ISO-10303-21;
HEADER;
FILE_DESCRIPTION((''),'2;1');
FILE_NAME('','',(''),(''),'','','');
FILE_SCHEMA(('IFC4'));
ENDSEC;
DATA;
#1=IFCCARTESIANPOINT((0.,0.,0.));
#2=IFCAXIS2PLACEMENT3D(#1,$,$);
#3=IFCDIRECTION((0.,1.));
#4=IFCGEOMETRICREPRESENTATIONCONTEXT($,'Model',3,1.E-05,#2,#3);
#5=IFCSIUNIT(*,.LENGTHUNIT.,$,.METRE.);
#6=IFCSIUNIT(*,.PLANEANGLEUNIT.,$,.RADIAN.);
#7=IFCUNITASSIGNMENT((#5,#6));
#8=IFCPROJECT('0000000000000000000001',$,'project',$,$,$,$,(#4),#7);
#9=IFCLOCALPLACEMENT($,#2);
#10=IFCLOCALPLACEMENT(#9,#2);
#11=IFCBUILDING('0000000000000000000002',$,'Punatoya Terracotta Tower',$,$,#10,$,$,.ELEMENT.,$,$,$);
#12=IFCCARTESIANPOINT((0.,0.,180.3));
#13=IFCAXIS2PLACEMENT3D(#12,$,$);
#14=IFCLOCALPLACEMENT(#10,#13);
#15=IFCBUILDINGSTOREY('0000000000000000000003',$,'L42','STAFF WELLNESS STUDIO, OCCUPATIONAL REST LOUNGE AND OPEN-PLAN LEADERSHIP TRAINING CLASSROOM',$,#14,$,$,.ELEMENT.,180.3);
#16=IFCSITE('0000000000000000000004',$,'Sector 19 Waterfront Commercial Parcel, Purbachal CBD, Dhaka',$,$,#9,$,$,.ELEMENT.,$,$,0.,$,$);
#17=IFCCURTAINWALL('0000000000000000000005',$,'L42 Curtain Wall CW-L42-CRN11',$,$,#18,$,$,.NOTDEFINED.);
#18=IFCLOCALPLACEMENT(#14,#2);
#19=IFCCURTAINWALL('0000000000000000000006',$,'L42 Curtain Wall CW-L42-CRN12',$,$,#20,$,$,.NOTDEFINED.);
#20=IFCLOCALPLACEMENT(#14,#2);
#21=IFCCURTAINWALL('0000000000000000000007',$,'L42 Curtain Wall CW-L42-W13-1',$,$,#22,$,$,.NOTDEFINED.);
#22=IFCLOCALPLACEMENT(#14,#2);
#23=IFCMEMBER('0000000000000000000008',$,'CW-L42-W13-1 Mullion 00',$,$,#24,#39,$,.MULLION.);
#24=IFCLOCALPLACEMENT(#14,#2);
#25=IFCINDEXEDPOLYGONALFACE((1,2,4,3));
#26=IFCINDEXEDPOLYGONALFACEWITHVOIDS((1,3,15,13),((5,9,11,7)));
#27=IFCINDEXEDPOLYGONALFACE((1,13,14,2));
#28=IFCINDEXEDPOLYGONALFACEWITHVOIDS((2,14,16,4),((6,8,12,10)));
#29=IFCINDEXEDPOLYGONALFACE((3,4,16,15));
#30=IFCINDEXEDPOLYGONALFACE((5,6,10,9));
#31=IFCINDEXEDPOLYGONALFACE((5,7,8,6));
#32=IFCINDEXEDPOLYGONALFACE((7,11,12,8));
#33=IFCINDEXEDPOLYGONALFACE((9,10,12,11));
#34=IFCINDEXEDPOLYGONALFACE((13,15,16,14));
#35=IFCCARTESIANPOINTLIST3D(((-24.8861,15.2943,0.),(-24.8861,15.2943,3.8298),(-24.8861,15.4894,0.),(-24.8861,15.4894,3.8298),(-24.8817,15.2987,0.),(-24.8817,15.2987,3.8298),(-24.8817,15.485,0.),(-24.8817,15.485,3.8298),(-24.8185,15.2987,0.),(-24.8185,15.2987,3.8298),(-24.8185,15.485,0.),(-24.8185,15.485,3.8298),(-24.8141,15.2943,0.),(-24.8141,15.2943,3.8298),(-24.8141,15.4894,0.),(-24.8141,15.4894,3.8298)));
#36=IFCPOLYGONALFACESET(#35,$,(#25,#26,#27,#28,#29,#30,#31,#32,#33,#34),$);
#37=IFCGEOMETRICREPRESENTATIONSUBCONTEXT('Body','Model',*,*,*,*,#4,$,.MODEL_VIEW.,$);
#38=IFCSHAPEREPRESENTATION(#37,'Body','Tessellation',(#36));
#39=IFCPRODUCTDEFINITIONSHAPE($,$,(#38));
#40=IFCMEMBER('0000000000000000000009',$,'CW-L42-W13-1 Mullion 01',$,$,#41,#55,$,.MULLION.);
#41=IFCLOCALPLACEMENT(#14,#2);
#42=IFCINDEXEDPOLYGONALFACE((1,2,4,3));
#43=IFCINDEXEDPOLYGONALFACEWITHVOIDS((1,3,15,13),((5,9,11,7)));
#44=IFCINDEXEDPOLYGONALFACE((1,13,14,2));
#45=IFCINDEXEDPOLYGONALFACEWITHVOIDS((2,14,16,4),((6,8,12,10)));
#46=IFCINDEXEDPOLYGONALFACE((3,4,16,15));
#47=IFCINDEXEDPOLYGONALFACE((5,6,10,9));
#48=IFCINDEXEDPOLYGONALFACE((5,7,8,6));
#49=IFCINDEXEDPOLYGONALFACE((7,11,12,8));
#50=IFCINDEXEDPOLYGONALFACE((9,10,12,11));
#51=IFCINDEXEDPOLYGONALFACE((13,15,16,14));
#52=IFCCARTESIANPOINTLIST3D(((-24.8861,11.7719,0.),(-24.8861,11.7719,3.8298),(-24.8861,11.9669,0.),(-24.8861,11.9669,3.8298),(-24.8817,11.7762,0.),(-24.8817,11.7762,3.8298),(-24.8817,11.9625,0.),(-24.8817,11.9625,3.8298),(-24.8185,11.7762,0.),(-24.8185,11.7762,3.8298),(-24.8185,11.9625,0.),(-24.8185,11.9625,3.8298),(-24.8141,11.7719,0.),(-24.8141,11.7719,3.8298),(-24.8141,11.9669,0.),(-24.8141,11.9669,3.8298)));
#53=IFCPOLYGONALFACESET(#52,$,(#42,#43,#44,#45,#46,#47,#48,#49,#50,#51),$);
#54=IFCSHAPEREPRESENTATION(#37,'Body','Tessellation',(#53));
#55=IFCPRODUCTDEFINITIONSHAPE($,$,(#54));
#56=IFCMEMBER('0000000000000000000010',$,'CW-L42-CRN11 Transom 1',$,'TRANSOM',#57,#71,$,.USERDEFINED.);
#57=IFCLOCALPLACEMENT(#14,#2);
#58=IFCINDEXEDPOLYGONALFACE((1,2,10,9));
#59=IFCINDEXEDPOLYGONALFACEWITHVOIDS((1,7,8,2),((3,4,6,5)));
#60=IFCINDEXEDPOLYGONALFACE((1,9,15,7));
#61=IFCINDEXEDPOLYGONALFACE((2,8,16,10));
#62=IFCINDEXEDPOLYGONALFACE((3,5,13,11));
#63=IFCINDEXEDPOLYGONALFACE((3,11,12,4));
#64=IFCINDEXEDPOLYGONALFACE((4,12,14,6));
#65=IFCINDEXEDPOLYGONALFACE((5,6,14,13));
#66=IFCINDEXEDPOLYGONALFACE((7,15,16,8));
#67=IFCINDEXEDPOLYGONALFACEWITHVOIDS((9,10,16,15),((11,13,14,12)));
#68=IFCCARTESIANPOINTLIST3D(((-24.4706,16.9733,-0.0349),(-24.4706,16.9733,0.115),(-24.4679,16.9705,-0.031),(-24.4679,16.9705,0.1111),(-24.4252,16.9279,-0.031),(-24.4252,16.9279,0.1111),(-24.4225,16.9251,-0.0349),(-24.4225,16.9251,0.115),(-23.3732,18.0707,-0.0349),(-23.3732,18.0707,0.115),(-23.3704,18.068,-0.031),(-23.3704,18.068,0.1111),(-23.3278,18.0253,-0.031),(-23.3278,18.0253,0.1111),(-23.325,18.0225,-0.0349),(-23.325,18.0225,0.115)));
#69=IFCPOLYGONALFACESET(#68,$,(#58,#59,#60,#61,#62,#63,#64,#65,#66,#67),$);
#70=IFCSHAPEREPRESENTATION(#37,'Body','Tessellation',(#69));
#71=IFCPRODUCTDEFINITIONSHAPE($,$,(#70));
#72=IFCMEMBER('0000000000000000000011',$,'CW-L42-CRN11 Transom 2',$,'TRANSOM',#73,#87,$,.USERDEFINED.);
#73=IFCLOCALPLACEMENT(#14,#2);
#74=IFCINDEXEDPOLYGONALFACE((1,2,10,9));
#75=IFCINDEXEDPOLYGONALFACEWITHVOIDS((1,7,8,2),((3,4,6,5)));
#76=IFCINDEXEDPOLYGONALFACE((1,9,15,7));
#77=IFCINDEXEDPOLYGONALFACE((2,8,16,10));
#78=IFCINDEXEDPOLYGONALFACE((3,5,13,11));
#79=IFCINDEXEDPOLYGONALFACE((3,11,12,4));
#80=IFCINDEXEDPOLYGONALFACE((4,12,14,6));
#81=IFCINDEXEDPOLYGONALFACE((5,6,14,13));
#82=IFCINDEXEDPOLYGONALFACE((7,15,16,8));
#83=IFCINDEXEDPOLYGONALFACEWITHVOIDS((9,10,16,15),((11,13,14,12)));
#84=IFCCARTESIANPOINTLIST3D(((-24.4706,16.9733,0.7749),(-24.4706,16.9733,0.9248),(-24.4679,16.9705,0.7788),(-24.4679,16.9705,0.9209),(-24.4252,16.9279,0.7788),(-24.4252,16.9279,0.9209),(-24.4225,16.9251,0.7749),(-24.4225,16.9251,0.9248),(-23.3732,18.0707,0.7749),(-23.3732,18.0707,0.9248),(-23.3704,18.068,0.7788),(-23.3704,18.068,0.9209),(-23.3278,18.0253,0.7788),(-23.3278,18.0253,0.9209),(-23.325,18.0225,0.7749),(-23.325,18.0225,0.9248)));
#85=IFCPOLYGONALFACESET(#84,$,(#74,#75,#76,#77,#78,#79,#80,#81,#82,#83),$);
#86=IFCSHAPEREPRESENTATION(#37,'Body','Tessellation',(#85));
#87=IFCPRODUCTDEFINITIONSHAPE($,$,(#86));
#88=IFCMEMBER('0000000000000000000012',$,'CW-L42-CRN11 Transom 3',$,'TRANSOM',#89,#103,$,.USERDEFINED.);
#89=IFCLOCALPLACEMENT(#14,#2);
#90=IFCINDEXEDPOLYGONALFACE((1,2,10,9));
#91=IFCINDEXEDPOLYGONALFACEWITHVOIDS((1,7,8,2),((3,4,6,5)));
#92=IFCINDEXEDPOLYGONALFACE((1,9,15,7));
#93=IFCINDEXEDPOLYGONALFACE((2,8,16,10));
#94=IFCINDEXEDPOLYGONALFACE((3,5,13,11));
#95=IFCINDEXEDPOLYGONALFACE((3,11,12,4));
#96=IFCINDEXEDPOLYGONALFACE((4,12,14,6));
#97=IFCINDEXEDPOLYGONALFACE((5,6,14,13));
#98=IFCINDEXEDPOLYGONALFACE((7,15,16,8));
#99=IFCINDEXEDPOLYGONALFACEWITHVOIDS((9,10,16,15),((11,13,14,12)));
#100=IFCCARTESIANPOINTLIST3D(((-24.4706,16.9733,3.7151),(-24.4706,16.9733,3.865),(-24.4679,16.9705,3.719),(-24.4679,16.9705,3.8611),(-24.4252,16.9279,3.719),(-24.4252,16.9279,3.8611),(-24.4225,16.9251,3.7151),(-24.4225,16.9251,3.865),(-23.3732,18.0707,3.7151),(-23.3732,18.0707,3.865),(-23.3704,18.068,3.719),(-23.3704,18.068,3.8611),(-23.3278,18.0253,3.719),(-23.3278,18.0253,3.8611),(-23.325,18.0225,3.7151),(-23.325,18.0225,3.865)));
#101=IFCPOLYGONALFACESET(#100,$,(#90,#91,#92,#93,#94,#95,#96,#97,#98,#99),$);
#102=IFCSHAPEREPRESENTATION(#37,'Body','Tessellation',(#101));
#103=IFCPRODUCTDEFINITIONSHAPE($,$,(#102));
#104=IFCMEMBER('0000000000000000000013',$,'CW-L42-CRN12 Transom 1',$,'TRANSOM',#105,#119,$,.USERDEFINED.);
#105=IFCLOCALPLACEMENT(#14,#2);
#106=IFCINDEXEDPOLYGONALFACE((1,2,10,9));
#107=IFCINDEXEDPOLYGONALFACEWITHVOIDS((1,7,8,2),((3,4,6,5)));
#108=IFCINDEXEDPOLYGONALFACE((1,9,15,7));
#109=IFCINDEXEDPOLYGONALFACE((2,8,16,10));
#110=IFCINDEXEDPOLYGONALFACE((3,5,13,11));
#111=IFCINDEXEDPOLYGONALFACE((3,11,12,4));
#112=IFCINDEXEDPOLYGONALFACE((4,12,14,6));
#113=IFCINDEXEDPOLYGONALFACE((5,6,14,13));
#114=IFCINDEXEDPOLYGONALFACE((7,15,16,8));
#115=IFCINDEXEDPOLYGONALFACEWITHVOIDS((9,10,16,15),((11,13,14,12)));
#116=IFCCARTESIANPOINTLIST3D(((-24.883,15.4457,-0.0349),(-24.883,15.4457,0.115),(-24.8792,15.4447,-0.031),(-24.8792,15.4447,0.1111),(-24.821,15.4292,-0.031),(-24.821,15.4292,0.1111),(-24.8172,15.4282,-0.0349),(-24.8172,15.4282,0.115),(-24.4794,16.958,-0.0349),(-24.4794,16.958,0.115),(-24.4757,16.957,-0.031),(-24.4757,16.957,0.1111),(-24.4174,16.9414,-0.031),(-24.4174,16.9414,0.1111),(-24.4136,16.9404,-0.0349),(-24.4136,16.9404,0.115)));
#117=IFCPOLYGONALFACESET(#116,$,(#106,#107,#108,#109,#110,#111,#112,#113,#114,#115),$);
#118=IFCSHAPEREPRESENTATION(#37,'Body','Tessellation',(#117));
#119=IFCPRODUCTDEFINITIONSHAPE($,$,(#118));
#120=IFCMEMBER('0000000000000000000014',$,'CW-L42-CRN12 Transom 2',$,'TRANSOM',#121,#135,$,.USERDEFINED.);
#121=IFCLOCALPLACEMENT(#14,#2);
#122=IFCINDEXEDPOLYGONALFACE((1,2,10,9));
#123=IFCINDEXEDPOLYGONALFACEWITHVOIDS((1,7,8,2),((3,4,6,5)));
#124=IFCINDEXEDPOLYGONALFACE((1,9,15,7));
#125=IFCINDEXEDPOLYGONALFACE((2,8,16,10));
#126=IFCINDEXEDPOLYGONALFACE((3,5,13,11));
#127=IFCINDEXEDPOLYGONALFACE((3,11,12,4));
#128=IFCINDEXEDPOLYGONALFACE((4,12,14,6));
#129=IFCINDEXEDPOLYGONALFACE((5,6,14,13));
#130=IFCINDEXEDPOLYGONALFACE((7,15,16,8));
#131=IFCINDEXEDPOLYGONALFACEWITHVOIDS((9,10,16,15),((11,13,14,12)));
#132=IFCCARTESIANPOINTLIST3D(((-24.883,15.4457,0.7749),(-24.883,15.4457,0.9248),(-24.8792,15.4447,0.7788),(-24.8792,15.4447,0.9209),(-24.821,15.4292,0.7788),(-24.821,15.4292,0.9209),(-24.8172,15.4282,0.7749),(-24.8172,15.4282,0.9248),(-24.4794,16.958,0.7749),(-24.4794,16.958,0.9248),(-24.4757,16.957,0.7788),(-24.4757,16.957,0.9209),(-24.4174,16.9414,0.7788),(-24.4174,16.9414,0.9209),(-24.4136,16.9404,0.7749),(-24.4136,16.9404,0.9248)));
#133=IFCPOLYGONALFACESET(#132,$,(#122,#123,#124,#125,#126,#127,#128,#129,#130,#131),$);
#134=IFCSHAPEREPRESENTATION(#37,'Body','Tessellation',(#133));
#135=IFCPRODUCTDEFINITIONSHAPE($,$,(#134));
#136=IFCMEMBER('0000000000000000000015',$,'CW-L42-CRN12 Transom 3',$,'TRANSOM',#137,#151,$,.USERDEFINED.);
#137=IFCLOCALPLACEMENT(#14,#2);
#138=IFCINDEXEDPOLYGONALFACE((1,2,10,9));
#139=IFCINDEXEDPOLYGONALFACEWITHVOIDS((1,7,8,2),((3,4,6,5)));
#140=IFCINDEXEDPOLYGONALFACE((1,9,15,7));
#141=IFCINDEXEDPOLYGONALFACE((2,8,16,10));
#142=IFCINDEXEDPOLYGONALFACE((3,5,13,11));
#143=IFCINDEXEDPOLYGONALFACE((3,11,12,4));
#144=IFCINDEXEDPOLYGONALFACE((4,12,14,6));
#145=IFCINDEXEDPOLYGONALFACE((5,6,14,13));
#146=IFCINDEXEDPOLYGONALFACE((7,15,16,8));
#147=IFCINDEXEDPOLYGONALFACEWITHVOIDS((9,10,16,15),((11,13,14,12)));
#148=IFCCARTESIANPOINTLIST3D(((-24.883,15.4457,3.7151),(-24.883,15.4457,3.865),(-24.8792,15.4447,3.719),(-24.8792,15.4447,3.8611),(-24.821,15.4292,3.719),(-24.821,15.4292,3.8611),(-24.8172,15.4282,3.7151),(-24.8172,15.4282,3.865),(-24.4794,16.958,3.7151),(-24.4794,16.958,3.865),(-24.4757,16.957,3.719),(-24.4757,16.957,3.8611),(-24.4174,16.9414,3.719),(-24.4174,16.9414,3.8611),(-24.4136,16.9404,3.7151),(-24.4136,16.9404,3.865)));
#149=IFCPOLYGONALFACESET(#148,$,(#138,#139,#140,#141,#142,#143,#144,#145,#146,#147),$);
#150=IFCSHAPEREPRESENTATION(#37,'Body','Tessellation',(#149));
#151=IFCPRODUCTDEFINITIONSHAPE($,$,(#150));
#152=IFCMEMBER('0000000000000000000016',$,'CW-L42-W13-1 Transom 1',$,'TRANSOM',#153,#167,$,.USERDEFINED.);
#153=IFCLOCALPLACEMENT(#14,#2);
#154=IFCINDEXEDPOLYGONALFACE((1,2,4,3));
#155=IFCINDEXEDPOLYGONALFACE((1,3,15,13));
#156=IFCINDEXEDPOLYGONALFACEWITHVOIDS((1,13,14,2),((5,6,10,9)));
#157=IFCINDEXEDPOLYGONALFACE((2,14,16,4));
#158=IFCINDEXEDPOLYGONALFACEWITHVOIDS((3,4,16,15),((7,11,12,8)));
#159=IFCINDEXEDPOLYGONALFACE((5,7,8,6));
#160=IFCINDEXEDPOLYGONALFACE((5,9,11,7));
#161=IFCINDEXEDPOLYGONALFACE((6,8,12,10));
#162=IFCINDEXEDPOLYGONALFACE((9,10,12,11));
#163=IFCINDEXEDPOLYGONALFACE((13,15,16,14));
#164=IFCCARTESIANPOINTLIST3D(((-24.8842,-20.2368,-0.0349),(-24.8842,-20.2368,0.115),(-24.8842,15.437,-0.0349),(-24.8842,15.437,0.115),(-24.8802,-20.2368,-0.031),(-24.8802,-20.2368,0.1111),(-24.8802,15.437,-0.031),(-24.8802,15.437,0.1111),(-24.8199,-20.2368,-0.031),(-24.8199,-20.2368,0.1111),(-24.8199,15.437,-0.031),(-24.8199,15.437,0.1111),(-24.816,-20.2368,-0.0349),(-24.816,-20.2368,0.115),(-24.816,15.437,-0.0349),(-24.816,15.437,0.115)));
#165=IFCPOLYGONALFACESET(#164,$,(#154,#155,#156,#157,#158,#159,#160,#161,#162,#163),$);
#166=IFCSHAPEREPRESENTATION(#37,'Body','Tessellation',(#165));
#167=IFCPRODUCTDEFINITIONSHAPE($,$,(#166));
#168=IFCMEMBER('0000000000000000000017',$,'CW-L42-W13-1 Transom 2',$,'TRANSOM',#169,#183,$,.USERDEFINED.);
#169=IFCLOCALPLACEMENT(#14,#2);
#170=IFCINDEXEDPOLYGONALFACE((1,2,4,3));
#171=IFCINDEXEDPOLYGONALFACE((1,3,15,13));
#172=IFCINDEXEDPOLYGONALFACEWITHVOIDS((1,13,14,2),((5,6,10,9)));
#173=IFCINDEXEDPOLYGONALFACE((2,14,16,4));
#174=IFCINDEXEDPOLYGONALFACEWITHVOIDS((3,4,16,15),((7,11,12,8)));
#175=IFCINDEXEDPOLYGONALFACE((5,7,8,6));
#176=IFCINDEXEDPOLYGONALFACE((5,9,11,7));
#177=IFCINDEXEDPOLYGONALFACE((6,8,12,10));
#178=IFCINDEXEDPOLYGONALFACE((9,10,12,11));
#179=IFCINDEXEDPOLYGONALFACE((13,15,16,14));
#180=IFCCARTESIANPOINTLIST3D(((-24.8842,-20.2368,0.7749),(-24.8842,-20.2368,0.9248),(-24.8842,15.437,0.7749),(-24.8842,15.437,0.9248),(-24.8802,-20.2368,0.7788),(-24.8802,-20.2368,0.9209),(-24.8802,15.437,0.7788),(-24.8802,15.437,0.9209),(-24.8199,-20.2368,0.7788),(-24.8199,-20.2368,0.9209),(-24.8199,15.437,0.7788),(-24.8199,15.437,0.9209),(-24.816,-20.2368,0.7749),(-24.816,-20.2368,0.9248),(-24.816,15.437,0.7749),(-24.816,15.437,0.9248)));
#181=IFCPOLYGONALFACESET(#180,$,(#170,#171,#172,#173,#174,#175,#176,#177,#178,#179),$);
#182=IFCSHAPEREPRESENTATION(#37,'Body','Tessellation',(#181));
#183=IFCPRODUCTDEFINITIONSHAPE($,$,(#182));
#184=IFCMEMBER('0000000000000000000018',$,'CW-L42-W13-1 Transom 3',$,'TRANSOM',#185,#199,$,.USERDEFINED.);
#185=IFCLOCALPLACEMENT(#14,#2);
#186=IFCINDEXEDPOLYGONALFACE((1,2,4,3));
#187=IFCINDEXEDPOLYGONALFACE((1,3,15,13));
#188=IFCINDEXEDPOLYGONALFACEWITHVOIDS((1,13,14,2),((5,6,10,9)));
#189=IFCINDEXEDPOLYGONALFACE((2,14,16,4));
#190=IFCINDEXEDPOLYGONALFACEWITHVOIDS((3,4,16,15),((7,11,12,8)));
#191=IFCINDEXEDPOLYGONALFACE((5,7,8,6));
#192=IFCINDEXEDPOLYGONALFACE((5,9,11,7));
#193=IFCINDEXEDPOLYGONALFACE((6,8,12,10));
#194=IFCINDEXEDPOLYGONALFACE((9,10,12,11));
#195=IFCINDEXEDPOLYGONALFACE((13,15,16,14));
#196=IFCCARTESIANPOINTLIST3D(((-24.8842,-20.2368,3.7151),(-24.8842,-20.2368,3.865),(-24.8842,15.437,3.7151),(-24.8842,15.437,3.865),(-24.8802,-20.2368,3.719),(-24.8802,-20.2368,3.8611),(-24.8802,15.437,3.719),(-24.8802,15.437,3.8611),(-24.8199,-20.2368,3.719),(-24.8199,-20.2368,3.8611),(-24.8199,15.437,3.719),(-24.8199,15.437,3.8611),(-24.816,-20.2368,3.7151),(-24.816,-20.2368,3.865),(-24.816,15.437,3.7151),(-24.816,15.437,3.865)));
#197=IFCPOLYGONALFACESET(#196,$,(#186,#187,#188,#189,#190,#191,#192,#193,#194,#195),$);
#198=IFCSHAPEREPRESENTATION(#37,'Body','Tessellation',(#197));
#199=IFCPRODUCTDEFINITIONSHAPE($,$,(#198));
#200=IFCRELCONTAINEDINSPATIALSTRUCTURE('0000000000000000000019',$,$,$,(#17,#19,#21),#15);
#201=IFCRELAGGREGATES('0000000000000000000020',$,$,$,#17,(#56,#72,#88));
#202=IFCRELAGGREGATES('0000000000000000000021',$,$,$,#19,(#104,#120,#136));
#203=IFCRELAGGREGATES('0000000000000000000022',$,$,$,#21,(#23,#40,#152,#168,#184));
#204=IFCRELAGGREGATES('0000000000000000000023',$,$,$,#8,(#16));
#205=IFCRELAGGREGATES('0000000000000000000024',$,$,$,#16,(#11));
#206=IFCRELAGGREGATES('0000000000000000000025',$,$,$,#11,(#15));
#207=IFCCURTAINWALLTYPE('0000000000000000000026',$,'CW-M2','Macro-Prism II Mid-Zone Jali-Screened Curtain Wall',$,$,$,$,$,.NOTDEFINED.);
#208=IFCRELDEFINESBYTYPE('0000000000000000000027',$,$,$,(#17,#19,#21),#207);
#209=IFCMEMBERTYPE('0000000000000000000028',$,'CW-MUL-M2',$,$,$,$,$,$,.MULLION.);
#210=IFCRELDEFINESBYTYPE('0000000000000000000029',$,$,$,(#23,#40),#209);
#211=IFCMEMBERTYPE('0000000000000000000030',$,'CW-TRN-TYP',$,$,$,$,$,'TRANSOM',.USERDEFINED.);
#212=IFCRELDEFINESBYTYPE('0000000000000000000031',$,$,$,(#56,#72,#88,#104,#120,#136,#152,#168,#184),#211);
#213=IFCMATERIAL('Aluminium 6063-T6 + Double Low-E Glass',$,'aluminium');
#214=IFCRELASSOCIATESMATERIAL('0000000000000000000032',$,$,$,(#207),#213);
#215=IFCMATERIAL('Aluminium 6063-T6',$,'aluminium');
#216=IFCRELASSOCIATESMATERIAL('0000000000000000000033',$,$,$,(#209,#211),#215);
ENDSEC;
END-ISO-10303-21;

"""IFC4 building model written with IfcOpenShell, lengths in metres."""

from ifc_helpers import new_model, si_unit, direction, frame, origin, origin_2d, place, context, subcontext, project, spatial, hollow_rectangle, extrude, material, material_profile, profile_set, type_object, element, aggregate, save


model = new_model("IFC4")

# Units and contexts
model_context = context("Model", 3, precision=1e-05, world=origin(), true_north=direction((0.0, 1.0)))
body_context = subcontext(model_context, "Body", "Model", "MODEL_VIEW")
ifc_project = project(units=[si_unit("LENGTHUNIT", "METRE"), si_unit("PLANEANGLEUNIT", "RADIAN")], contexts=[model_context])

# Site, building, storey
site_placement = place(None, origin())
site = spatial("IfcSite", under=ifc_project, at=site_placement, Name="Sector 19 Waterfront Commercial Parcel, Purbachal CBD, Dhaka", CompositionType="ELEMENT", RefElevation=0.0)
building_placement = place(site_placement, origin())
building = spatial("IfcBuilding", under=site, at=building_placement, Name="Punatoya Terracotta Tower", CompositionType="ELEMENT")
storey_placement = place(building_placement, frame((0.0, 0.0, 180.3)))
storey = spatial("IfcBuildingStorey", under=building, at=storey_placement, Name="L42", Description="STAFF WELLNESS STUDIO, OCCUPATIONAL REST LOUNGE AND OPEN-PLAN LEADERSHIP TRAINING CLASSROOM", CompositionType="ELEMENT", Elevation=180.3)

# Shared definitions
ifc_material_1 = material(Name="Aluminium 6063-T6 + Double Low-E Glass", Category="aluminium")
curtain_wall_type = type_object("IfcCurtainWallType", Name="CW-M2", Description="Macro-Prism II Mid-Zone Jali-Screened Curtain Wall", PredefinedType="NOTDEFINED", material=ifc_material_1)
ifc_material_2 = material(Name="Aluminium 6063-T6", Category="aluminium")
ifc_material_profile_1 = material_profile(ifc_material_2, hollow_rectangle(XDim=0.072, YDim=0.1951, WallThickness=0.0044, at=origin_2d()))
ifc_profile_set_1 = profile_set([ifc_material_profile_1], Name="Aluminium 6063-T6")
member_type_1 = type_object("IfcMemberType", Name="CW-MUL-M2", PredefinedType="MULLION", material=ifc_profile_set_1)

# Curtain walls, members
curtain_wall_1_placement = place(storey_placement, origin())
curtain_wall_1 = element("IfcCurtainWall", 1, at=curtain_wall_1_placement, inside=storey, type_object=curtain_wall_type, Name="L42 Curtain Wall CW-L42-CRN11", PredefinedType="NOTDEFINED")
curtain_wall_2_placement = place(storey_placement, origin())
curtain_wall_2 = element("IfcCurtainWall", 2, at=curtain_wall_2_placement, inside=storey, type_object=curtain_wall_type, Name="L42 Curtain Wall CW-L42-CRN12", PredefinedType="NOTDEFINED")
curtain_wall_3_placement = place(storey_placement, origin())
curtain_wall_3 = element("IfcCurtainWall", 3, at=curtain_wall_3_placement, inside=storey, type_object=curtain_wall_type, Name="L42 Curtain Wall CW-L42-W13-1", PredefinedType="NOTDEFINED")
member_1_placement = place(storey_placement, frame((-24.8501, 15.3918, 0.0), z_axis=(0.0, 0.0, 1.0), x_axis=(1.0, 0.0, 0.0)))
member_1 = element("IfcMember", 4, at=member_1_placement, type_object=member_type_1, Name="CW-L42-W13-1 Mullion 00", PredefinedType="MULLION", context=body_context, shape_type="SweptSolid", body=[
    extrude(hollow_rectangle(XDim=0.072, YDim=0.1951, WallThickness=0.0044, at=origin_2d()), origin(), (0.0, 0.0, 1.0), 3.8298),
])
member_2_placement = place(storey_placement, frame((-24.8501, 11.8694, 0.0), z_axis=(0.0, 0.0, 1.0), x_axis=(1.0, 0.0, 0.0)))
member_2 = element("IfcMember", 5, at=member_2_placement, type_object=member_type_1, Name="CW-L42-W13-1 Mullion 01", PredefinedType="MULLION", context=body_context, shape_type="SweptSolid", body=[
    extrude(hollow_rectangle(XDim=0.072, YDim=0.1951, WallThickness=0.0044, at=origin_2d()), origin(), (0.0, 0.0, 1.0), 3.8298),
])

# Members
ifc_material_profile_2 = material_profile(ifc_material_2, hollow_rectangle(XDim=0.0681, YDim=0.1499, WallThickness=0.0039, at=origin_2d()))
ifc_profile_set_2 = profile_set([ifc_material_profile_2], Name="Aluminium 6063-T6")
member_type_2 = type_object("IfcMemberType", Name="CW-TRN-TYP", ElementType="TRANSOM", PredefinedType="USERDEFINED", material=ifc_profile_set_2)
member_3_placement = place(storey_placement, frame((-23.3491, 18.0466, 0.04), z_axis=(-0.707107, -0.707107, 0.0), x_axis=(0.707107, -0.707107, 0.0)))
member_3 = element("IfcMember", 6, at=member_3_placement, type_object=member_type_2, Name="CW-L42-CRN11 Transom 1", ObjectType="TRANSOM", PredefinedType="USERDEFINED", context=body_context, shape_type="SweptSolid", body=[
    extrude(hollow_rectangle(XDim=0.0681, YDim=0.1499, WallThickness=0.0039, at=origin_2d()), origin(), (0.0, 0.0, 1.0), 1.552),
])
member_4_placement = place(storey_placement, frame((-23.3491, 18.0466, 0.8499), z_axis=(-0.707107, -0.707107, 0.0), x_axis=(0.707107, -0.707107, 0.0)))
member_4 = element("IfcMember", 7, at=member_4_placement, type_object=member_type_2, Name="CW-L42-CRN11 Transom 2", ObjectType="TRANSOM", PredefinedType="USERDEFINED", context=body_context, shape_type="SweptSolid", body=[
    extrude(hollow_rectangle(XDim=0.0681, YDim=0.1499, WallThickness=0.0039, at=origin_2d()), origin(), (0.0, 0.0, 1.0), 1.552),
])
member_5_placement = place(storey_placement, frame((-23.3491, 18.0466, 3.79), z_axis=(-0.707107, -0.707107, 0.0), x_axis=(0.707107, -0.707107, 0.0)))
member_5 = element("IfcMember", 8, at=member_5_placement, type_object=member_type_2, Name="CW-L42-CRN11 Transom 3", ObjectType="TRANSOM", PredefinedType="USERDEFINED", context=body_context, shape_type="SweptSolid", body=[
    extrude(hollow_rectangle(XDim=0.0681, YDim=0.1499, WallThickness=0.0039, at=origin_2d()), origin(), (0.0, 0.0, 1.0), 1.552),
])
member_6_placement = place(storey_placement, frame((-24.4465, 16.9492, 0.04), z_axis=(-0.257847, -0.966186, 0.0), x_axis=(0.966186, -0.257847, 0.0)))
member_6 = element("IfcMember", 9, at=member_6_placement, type_object=member_type_2, Name="CW-L42-CRN12 Transom 1", ObjectType="TRANSOM", PredefinedType="USERDEFINED", context=body_context, shape_type="SweptSolid", body=[
    extrude(hollow_rectangle(XDim=0.0681, YDim=0.1499, WallThickness=0.0039, at=origin_2d()), origin(), (0.0, 0.0, 1.0), 1.5652),
])
member_7_placement = place(storey_placement, frame((-24.4465, 16.9492, 0.8499), z_axis=(-0.257847, -0.966186, 0.0), x_axis=(0.966186, -0.257847, 0.0)))
member_7 = element("IfcMember", 10, at=member_7_placement, type_object=member_type_2, Name="CW-L42-CRN12 Transom 2", ObjectType="TRANSOM", PredefinedType="USERDEFINED", context=body_context, shape_type="SweptSolid", body=[
    extrude(hollow_rectangle(XDim=0.0681, YDim=0.1499, WallThickness=0.0039, at=origin_2d()), origin(), (0.0, 0.0, 1.0), 1.5652),
])
member_8_placement = place(storey_placement, frame((-24.4465, 16.9492, 3.79), z_axis=(-0.257847, -0.966186, 0.0), x_axis=(0.966186, -0.257847, 0.0)))
member_8 = element("IfcMember", 11, at=member_8_placement, type_object=member_type_2, Name="CW-L42-CRN12 Transom 3", ObjectType="TRANSOM", PredefinedType="USERDEFINED", context=body_context, shape_type="SweptSolid", body=[
    extrude(hollow_rectangle(XDim=0.0681, YDim=0.1499, WallThickness=0.0039, at=origin_2d()), origin(), (0.0, 0.0, 1.0), 1.5652),
])
member_9_placement = place(storey_placement, frame((-24.8501, 15.437, 0.04), z_axis=(0.0, -1.0, 0.0), x_axis=(1.0, 0.0, 0.0)))
member_9 = element("IfcMember", 12, at=member_9_placement, type_object=member_type_2, Name="CW-L42-W13-1 Transom 1", ObjectType="TRANSOM", PredefinedType="USERDEFINED", context=body_context, shape_type="SweptSolid", body=[
    extrude(hollow_rectangle(XDim=0.0681, YDim=0.1499, WallThickness=0.0039, at=origin_2d()), origin(), (0.0, 0.0, 1.0), 35.6738),
])
member_10_placement = place(storey_placement, frame((-24.8501, 15.437, 0.8499), z_axis=(0.0, -1.0, 0.0), x_axis=(1.0, 0.0, 0.0)))
member_10 = element("IfcMember", 13, at=member_10_placement, type_object=member_type_2, Name="CW-L42-W13-1 Transom 2", ObjectType="TRANSOM", PredefinedType="USERDEFINED", context=body_context, shape_type="SweptSolid", body=[
    extrude(hollow_rectangle(XDim=0.0681, YDim=0.1499, WallThickness=0.0039, at=origin_2d()), origin(), (0.0, 0.0, 1.0), 35.6738),
])
member_11_placement = place(storey_placement, frame((-24.8501, 15.437, 3.79), z_axis=(0.0, -1.0, 0.0), x_axis=(1.0, 0.0, 0.0)))
member_11 = element("IfcMember", 14, at=member_11_placement, type_object=member_type_2, Name="CW-L42-W13-1 Transom 3", ObjectType="TRANSOM", PredefinedType="USERDEFINED", context=body_context, shape_type="SweptSolid", body=[
    extrude(hollow_rectangle(XDim=0.0681, YDim=0.1499, WallThickness=0.0039, at=origin_2d()), origin(), (0.0, 0.0, 1.0), 35.6738),
])

aggregate(curtain_wall_1, [member_3, member_4, member_5])
aggregate(curtain_wall_2, [member_6, member_7, member_8])
aggregate(curtain_wall_3, [member_1, member_2, member_9, member_10, member_11])

save(model, "model.ifc")
